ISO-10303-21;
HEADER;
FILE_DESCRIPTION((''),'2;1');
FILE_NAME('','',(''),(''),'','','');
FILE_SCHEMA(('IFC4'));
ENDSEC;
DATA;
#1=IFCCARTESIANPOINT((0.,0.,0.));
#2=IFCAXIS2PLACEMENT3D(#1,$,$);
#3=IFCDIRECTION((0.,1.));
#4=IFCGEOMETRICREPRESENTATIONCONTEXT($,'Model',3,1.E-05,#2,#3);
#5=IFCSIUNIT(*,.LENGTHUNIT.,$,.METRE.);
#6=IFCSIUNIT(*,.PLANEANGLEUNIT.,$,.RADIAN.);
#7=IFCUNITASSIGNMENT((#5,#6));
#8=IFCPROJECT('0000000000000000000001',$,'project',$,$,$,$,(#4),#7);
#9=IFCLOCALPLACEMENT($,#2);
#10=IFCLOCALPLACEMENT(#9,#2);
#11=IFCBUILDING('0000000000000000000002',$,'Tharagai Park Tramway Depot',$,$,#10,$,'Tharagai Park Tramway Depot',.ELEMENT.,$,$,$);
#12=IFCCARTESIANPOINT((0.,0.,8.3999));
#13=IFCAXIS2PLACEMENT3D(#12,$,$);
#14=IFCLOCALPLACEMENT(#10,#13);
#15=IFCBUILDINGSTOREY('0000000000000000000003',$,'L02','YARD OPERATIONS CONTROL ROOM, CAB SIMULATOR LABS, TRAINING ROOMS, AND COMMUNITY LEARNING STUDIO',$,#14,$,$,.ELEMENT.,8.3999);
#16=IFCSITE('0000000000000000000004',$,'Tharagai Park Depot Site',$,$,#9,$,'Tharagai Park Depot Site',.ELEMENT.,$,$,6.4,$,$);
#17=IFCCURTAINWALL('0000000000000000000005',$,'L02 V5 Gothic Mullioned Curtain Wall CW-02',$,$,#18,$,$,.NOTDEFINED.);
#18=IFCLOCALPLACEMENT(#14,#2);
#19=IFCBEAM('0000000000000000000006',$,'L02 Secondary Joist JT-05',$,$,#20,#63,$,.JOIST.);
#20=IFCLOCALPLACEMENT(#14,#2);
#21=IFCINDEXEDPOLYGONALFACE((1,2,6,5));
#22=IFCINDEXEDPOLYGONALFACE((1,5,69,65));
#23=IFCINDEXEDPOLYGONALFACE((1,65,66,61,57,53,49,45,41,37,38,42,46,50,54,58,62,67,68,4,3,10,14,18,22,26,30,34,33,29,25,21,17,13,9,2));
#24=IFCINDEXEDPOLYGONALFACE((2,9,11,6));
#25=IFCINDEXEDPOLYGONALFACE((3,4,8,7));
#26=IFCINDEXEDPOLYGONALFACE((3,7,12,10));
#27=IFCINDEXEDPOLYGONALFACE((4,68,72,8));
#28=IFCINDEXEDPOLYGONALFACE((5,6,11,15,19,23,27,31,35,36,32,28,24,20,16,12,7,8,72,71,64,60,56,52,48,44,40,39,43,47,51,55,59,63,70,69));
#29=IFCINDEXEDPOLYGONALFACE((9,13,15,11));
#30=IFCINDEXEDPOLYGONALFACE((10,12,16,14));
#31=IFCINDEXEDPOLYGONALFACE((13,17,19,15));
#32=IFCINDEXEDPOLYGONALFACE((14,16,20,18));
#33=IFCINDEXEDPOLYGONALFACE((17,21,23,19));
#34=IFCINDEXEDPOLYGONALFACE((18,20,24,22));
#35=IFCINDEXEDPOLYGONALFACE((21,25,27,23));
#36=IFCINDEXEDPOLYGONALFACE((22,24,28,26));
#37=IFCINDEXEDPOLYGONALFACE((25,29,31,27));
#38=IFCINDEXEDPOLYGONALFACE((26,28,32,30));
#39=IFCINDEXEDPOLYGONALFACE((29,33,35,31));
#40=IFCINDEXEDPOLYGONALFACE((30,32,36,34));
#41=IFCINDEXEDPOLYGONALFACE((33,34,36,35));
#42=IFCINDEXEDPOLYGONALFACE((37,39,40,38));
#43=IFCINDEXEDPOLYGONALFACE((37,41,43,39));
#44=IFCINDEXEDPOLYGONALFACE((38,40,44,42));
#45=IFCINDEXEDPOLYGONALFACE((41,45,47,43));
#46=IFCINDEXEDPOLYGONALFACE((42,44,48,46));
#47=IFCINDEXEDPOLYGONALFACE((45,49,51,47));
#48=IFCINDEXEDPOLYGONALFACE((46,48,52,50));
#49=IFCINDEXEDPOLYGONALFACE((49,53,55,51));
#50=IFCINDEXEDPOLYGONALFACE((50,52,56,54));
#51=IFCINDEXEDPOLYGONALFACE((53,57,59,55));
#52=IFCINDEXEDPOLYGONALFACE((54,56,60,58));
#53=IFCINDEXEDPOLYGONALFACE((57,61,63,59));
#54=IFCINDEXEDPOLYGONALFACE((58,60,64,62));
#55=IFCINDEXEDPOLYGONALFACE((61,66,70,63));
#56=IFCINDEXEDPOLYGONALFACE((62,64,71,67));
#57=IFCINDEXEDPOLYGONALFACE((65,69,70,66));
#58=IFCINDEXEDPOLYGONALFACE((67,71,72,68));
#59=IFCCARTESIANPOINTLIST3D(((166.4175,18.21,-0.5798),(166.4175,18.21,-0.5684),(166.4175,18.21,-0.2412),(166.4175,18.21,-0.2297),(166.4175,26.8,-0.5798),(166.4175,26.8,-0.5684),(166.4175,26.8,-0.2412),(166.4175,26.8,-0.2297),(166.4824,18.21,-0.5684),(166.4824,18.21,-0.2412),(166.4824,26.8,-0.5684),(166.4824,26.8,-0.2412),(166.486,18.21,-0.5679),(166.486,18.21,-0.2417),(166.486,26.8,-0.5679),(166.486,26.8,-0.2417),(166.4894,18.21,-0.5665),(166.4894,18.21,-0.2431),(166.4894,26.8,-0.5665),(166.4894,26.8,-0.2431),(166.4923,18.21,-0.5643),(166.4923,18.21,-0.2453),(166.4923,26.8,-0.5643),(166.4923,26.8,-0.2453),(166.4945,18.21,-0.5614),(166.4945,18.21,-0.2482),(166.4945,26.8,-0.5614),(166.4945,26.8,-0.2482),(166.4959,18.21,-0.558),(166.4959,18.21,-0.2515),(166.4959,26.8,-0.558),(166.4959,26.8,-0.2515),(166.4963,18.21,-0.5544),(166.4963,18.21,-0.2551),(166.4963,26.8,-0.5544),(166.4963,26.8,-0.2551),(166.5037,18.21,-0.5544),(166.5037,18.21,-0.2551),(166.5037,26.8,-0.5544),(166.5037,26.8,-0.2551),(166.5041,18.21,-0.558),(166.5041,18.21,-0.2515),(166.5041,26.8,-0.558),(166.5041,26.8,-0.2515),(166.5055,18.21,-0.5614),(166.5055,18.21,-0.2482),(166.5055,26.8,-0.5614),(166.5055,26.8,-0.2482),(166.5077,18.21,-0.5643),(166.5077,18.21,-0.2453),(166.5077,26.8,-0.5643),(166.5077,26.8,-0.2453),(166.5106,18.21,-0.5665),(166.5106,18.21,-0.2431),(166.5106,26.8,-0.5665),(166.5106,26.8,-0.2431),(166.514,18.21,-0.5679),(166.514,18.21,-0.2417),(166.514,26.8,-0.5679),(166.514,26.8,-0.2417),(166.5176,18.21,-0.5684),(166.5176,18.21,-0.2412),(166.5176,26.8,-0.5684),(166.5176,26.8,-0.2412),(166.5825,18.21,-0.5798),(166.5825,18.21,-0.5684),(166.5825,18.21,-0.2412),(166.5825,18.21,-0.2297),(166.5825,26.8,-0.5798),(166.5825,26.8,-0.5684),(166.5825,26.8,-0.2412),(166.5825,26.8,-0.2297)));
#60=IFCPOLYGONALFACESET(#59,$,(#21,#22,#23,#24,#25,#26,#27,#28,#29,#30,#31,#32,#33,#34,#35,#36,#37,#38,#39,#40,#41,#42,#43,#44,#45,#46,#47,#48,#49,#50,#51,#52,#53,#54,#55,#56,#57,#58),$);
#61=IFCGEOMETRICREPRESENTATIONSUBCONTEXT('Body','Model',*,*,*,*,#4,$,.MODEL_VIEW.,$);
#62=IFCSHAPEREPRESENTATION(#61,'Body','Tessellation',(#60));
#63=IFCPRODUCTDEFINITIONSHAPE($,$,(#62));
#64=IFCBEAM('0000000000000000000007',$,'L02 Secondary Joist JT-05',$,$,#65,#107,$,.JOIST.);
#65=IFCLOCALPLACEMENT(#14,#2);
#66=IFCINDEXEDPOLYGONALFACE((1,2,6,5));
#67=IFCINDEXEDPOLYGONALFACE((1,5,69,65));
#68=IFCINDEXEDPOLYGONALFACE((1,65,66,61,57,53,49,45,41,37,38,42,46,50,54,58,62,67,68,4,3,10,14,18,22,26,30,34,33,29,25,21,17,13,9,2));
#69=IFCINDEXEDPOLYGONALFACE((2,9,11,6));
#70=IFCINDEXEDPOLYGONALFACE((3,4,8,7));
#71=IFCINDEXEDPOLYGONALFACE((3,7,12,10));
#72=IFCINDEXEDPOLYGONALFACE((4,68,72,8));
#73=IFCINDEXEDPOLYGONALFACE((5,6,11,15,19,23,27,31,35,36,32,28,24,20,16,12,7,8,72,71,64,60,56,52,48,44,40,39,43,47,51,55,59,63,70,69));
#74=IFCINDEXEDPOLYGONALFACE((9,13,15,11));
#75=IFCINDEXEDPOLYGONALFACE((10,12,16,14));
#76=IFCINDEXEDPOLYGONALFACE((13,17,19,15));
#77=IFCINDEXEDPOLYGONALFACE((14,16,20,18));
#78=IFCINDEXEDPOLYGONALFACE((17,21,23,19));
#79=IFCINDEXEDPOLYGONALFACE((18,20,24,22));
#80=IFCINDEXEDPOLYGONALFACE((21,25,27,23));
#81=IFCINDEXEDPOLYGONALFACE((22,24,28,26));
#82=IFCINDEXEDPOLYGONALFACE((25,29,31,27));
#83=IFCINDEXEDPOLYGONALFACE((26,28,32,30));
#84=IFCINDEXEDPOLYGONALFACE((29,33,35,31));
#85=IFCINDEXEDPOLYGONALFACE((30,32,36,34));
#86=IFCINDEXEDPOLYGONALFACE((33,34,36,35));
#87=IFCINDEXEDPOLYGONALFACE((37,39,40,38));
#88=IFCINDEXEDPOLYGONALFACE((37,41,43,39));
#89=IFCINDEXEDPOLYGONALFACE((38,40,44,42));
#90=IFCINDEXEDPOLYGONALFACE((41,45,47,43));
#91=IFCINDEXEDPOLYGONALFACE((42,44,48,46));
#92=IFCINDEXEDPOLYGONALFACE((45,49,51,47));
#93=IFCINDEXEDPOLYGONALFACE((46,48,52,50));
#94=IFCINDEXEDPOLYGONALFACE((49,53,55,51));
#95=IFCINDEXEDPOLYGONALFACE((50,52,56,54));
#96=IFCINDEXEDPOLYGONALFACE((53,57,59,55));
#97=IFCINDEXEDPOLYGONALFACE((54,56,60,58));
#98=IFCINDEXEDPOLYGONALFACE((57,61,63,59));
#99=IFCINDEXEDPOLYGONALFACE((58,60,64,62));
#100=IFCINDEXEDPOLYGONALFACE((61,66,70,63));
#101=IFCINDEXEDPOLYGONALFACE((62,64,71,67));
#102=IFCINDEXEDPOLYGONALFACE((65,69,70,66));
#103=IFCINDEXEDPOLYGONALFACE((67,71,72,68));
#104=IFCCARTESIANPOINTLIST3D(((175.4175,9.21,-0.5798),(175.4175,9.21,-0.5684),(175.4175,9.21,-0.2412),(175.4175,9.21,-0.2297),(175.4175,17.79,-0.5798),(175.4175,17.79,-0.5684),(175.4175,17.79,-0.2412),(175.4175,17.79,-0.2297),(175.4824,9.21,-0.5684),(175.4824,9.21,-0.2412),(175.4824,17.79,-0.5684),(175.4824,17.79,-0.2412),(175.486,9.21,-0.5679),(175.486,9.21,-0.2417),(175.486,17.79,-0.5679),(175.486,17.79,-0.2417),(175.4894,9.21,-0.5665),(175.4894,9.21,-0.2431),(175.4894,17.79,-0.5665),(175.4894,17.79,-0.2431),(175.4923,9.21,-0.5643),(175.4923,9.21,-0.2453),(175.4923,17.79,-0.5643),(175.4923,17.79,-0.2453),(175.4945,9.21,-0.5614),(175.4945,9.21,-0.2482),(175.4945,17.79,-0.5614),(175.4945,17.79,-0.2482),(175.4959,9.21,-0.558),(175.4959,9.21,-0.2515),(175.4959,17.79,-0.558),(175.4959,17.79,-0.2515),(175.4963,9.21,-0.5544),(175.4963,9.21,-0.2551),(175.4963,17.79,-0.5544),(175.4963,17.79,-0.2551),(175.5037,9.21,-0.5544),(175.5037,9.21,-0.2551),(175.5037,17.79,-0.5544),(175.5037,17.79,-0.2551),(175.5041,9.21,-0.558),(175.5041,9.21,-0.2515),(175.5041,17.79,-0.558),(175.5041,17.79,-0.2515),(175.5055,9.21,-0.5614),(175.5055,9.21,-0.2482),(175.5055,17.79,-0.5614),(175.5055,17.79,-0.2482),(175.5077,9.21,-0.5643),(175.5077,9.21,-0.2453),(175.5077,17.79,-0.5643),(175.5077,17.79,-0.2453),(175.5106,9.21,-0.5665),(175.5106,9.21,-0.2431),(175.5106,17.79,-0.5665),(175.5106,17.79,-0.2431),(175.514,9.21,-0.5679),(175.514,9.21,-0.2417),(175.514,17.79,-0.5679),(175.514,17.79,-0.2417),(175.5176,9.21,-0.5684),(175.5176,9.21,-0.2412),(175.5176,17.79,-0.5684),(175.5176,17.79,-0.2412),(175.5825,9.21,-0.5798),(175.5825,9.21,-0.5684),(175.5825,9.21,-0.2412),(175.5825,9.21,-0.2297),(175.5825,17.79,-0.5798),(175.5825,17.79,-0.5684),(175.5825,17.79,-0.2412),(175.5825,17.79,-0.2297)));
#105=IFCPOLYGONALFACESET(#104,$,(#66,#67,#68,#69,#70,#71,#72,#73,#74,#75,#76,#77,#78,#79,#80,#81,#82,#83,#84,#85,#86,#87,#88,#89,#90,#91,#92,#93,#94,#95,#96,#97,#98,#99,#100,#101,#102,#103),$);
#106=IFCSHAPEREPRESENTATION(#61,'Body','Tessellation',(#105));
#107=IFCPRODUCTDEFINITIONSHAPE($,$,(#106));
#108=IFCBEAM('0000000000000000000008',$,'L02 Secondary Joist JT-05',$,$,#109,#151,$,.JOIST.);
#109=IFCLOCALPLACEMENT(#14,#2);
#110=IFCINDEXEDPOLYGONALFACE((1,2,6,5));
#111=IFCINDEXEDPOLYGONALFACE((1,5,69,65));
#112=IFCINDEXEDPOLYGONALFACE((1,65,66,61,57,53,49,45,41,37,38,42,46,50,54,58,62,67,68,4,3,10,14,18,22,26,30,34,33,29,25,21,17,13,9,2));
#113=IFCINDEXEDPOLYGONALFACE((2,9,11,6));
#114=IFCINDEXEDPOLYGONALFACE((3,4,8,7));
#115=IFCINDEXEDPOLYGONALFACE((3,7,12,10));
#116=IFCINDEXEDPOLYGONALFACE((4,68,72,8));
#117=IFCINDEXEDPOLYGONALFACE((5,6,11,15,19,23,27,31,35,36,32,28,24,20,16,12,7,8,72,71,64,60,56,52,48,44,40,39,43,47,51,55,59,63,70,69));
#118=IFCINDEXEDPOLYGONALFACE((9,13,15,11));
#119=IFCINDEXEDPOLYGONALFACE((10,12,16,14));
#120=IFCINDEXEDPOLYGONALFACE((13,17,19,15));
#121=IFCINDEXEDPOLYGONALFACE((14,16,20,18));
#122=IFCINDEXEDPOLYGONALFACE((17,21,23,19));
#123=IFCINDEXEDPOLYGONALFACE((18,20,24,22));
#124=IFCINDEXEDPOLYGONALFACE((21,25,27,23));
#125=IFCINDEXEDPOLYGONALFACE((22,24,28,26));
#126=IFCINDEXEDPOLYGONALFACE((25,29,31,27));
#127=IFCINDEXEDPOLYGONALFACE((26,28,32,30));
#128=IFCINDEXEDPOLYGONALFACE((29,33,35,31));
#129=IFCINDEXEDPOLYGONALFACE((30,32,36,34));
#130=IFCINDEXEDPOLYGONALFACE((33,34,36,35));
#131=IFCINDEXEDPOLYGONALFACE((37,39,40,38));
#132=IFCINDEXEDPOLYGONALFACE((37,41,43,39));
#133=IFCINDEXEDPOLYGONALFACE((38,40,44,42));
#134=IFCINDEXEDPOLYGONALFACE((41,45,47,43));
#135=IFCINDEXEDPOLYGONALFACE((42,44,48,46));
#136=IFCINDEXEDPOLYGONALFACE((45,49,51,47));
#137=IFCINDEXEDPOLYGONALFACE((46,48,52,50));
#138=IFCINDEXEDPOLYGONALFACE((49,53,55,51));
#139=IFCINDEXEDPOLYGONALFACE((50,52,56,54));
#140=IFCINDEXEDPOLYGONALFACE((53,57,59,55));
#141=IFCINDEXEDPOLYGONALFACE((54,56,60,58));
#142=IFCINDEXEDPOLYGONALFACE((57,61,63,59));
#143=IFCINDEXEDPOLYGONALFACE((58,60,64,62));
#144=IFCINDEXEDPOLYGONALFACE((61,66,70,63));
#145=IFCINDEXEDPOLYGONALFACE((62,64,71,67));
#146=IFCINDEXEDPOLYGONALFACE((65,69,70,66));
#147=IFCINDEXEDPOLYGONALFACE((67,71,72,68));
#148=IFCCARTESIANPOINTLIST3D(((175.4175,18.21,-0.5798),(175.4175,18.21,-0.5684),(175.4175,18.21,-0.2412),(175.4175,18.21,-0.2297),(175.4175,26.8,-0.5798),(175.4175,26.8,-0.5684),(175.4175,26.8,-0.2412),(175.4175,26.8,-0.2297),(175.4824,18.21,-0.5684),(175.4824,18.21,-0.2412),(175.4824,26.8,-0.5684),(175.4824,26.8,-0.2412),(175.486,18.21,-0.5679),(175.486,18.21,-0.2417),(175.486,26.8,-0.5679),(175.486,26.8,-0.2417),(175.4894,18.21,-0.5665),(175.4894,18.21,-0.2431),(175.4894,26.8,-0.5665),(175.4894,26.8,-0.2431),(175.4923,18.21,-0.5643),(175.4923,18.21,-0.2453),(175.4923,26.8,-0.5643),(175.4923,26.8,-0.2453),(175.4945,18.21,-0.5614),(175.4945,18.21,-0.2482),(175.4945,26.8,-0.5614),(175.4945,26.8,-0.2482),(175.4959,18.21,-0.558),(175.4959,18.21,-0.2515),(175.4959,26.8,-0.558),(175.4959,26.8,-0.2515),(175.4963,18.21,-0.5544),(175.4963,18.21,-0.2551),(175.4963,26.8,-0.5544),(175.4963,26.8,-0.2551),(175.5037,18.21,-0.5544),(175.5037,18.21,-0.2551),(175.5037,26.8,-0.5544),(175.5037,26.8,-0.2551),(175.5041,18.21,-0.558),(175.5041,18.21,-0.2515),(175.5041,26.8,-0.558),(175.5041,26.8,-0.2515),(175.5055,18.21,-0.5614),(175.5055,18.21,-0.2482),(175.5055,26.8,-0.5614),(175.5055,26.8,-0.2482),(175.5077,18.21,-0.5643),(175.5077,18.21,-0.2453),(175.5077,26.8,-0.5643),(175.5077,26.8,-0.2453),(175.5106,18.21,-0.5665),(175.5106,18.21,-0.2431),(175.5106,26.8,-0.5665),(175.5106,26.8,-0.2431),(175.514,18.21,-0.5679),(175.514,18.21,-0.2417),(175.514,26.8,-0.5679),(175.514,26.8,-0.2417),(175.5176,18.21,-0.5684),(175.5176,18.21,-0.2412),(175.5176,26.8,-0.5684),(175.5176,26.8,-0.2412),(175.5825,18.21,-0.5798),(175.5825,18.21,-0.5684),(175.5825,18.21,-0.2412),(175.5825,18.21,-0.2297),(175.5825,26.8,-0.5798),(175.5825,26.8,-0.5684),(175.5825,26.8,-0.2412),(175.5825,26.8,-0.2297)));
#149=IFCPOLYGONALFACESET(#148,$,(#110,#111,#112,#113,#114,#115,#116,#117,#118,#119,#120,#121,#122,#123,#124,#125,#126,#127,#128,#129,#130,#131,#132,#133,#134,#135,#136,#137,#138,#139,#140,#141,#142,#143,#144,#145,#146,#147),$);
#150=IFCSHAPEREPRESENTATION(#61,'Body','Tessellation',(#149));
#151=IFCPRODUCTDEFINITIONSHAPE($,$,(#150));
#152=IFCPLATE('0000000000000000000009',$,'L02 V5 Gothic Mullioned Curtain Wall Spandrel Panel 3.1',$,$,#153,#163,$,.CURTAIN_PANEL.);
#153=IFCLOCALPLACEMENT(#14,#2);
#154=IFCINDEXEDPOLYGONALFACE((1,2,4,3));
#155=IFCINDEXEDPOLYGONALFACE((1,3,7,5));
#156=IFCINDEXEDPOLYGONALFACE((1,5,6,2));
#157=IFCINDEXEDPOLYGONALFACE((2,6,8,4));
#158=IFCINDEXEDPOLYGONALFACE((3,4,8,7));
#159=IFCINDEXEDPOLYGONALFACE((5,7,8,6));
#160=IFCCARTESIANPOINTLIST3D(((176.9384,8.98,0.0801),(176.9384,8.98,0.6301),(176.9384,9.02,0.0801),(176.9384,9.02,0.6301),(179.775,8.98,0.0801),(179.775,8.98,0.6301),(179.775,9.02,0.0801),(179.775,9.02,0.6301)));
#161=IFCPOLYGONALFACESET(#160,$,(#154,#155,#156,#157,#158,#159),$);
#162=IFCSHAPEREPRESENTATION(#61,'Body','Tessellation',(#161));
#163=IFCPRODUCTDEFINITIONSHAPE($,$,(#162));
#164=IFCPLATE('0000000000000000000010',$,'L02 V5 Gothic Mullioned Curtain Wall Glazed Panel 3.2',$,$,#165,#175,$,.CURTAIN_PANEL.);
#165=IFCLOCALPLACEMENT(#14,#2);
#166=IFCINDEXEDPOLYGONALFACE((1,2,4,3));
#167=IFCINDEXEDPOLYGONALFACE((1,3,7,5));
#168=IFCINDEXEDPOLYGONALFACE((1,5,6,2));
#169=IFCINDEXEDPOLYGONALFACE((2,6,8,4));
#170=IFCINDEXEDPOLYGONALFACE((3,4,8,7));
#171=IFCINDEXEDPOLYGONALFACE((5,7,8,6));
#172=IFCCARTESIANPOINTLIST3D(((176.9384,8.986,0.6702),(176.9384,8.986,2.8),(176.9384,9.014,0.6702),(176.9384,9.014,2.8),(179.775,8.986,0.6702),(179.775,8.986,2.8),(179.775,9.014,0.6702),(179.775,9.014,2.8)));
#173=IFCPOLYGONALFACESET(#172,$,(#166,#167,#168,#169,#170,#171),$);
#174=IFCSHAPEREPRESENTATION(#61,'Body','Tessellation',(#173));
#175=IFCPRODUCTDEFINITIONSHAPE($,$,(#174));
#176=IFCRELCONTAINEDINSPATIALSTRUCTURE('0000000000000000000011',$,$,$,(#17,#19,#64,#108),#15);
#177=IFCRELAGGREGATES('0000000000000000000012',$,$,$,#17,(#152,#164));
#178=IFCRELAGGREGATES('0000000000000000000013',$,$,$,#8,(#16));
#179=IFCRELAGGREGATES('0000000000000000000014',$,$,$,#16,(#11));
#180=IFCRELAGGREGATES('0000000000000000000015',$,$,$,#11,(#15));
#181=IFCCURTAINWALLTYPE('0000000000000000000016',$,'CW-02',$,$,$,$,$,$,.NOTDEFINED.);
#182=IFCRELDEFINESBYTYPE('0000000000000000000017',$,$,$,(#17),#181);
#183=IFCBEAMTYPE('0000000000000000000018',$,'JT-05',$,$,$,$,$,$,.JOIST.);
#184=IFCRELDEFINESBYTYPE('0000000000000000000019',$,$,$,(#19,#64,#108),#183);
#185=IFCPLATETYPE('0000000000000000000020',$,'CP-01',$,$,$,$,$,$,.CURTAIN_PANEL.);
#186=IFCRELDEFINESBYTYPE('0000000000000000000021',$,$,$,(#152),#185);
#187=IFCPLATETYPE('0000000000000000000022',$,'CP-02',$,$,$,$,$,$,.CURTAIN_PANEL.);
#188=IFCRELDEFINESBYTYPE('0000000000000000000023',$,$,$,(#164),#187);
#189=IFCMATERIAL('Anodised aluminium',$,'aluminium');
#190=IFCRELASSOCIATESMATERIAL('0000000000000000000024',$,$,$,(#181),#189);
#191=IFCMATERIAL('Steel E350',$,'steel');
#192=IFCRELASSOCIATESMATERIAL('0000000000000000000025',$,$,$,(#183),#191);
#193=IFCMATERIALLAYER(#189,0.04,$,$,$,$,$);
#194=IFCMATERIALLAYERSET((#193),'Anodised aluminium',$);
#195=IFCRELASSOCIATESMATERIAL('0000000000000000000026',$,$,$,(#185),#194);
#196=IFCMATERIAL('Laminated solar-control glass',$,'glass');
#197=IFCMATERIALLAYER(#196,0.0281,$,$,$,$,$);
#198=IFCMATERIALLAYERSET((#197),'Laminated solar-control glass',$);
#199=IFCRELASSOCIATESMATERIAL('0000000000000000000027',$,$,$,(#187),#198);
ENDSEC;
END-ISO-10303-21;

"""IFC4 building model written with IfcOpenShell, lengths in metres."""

from ifc_helpers import new_model, si_unit, direction, frame, origin, origin_2d, place, context, subcontext, project, spatial, rectangle, i_section, extrude, material, layer, layer_set, material_profile, profile_set, type_object, element, aggregate, save


model = new_model("IFC4")

# Units and contexts
model_context = context("Model", 3, precision=1e-05, world=origin(), true_north=direction((0.0, 1.0)))
body_context = subcontext(model_context, "Body", "Model", "MODEL_VIEW")
ifc_project = project(units=[si_unit("LENGTHUNIT", "METRE"), si_unit("PLANEANGLEUNIT", "RADIAN")], contexts=[model_context])

# Site, building, storey
site_placement = place(None, origin())
site = spatial("IfcSite", under=ifc_project, at=site_placement, Name="Tharagai Park Depot Site", LongName="Tharagai Park Depot Site", CompositionType="ELEMENT", RefElevation=6.4)
building_placement = place(site_placement, origin())
building = spatial("IfcBuilding", under=site, at=building_placement, Name="Tharagai Park Tramway Depot", LongName="Tharagai Park Tramway Depot", CompositionType="ELEMENT")
storey_placement = place(building_placement, frame((0.0, 0.0, 8.3999)))
storey = spatial("IfcBuildingStorey", under=building, at=storey_placement, Name="L02", Description="YARD OPERATIONS CONTROL ROOM, CAB SIMULATOR LABS, TRAINING ROOMS, AND COMMUNITY LEARNING STUDIO", CompositionType="ELEMENT", Elevation=8.3999)

# Curtain wall
ifc_material_1 = material(Name="Anodised aluminium", Category="aluminium")
curtain_wall_type = type_object("IfcCurtainWallType", Name="CW-02", PredefinedType="NOTDEFINED", material=ifc_material_1)
curtain_wall_placement = place(storey_placement, origin())
curtain_wall = element("IfcCurtainWall", 1, at=curtain_wall_placement, inside=storey, type_object=curtain_wall_type, Name="L02 V5 Gothic Mullioned Curtain Wall CW-02", PredefinedType="NOTDEFINED")

# Beams
ifc_material_2 = material(Name="Steel E350", Category="steel")
ifc_material_profile_1 = material_profile(ifc_material_2, i_section(OverallWidth=0.165, OverallDepth=0.3501, WebThickness=0.0073, FlangeThickness=0.0115, FilletRadius=0.0139, at=origin_2d()), Name="ISLB 350")
ifc_profile_set_1 = profile_set([ifc_material_profile_1], Name="Steel E350")
beam_type_1 = type_object("IfcBeamType", Name="JT-05", PredefinedType="JOIST", material=ifc_profile_set_1)
beam_1_placement = place(storey_placement, frame((166.5, 18.21, -0.4048), z_axis=(0.0, 1.0, 0.0), x_axis=(-1.0, 0.0, 0.0)))
element("IfcBeam", 2, at=beam_1_placement, inside=storey, type_object=beam_type_1, Name="L02 Secondary Joist JT-05", PredefinedType="JOIST", context=body_context, shape_type="SweptSolid", body=[
    extrude(i_section(OverallWidth=0.165, OverallDepth=0.3501, WebThickness=0.0073, FlangeThickness=0.0115, FilletRadius=0.0139, at=origin_2d()), origin(), (0.0, 0.0, 1.0), 8.5901),
])
beam_2_placement = place(storey_placement, frame((175.5, 9.21, -0.4048), z_axis=(0.0, 1.0, 0.0), x_axis=(-1.0, 0.0, 0.0)))
element("IfcBeam", 3, at=beam_2_placement, inside=storey, type_object=beam_type_1, Name="L02 Secondary Joist JT-05", PredefinedType="JOIST", context=body_context, shape_type="SweptSolid", body=[
    extrude(i_section(OverallWidth=0.165, OverallDepth=0.3501, WebThickness=0.0073, FlangeThickness=0.0115, FilletRadius=0.0139, at=origin_2d()), origin(), (0.0, 0.0, 1.0), 8.5801),
])
beam_3_placement = place(storey_placement, frame((175.5, 18.21, -0.4048), z_axis=(0.0, 1.0, 0.0), x_axis=(-1.0, 0.0, 0.0)))
element("IfcBeam", 4, at=beam_3_placement, inside=storey, type_object=beam_type_1, Name="L02 Secondary Joist JT-05", PredefinedType="JOIST", context=body_context, shape_type="SweptSolid", body=[
    extrude(i_section(OverallWidth=0.165, OverallDepth=0.3501, WebThickness=0.0073, FlangeThickness=0.0115, FilletRadius=0.0139, at=origin_2d()), origin(), (0.0, 0.0, 1.0), 8.5901),
])

# Plates
ifc_layer_1 = layer(ifc_material_1, 0.04)
ifc_layer_set_1 = layer_set([ifc_layer_1], Name="Anodised aluminium")
plate_type_1 = type_object("IfcPlateType", Name="CP-01", PredefinedType="CURTAIN_PANEL", material=ifc_layer_set_1)
plate_1_placement = place(storey_placement, frame((178.3567, 9.0, 0.0801), z_axis=(0.0, 0.0, 1.0), x_axis=(1.0, 0.0, 0.0)))
plate_1 = element("IfcPlate", 5, at=plate_1_placement, type_object=plate_type_1, Name="L02 V5 Gothic Mullioned Curtain Wall Spandrel Panel 3.1", PredefinedType="CURTAIN_PANEL", context=body_context, shape_type="SweptSolid", body=[
    extrude(rectangle(XDim=2.8367, YDim=0.04, at=origin_2d()), origin(), (0.0, 0.0, 1.0), 0.55),
])
ifc_material_3 = material(Name="Laminated solar-control glass", Category="glass")
ifc_layer_2 = layer(ifc_material_3, 0.0281)
ifc_layer_set_2 = layer_set([ifc_layer_2], Name="Laminated solar-control glass")
plate_type_2 = type_object("IfcPlateType", Name="CP-02", PredefinedType="CURTAIN_PANEL", material=ifc_layer_set_2)
plate_2_placement = place(storey_placement, frame((178.3567, 9.0, 0.6702), z_axis=(0.0, 0.0, 1.0), x_axis=(1.0, 0.0, 0.0)))
plate_2 = element("IfcPlate", 6, at=plate_2_placement, type_object=plate_type_2, Name="L02 V5 Gothic Mullioned Curtain Wall Glazed Panel 3.2", PredefinedType="CURTAIN_PANEL", context=body_context, shape_type="SweptSolid", body=[
    extrude(rectangle(XDim=2.8367, YDim=0.0281, at=origin_2d()), origin(), (0.0, 0.0, 1.0), 2.1299),
])
aggregate(curtain_wall, [plate_1, plate_2])

save(model, "model.ifc")
